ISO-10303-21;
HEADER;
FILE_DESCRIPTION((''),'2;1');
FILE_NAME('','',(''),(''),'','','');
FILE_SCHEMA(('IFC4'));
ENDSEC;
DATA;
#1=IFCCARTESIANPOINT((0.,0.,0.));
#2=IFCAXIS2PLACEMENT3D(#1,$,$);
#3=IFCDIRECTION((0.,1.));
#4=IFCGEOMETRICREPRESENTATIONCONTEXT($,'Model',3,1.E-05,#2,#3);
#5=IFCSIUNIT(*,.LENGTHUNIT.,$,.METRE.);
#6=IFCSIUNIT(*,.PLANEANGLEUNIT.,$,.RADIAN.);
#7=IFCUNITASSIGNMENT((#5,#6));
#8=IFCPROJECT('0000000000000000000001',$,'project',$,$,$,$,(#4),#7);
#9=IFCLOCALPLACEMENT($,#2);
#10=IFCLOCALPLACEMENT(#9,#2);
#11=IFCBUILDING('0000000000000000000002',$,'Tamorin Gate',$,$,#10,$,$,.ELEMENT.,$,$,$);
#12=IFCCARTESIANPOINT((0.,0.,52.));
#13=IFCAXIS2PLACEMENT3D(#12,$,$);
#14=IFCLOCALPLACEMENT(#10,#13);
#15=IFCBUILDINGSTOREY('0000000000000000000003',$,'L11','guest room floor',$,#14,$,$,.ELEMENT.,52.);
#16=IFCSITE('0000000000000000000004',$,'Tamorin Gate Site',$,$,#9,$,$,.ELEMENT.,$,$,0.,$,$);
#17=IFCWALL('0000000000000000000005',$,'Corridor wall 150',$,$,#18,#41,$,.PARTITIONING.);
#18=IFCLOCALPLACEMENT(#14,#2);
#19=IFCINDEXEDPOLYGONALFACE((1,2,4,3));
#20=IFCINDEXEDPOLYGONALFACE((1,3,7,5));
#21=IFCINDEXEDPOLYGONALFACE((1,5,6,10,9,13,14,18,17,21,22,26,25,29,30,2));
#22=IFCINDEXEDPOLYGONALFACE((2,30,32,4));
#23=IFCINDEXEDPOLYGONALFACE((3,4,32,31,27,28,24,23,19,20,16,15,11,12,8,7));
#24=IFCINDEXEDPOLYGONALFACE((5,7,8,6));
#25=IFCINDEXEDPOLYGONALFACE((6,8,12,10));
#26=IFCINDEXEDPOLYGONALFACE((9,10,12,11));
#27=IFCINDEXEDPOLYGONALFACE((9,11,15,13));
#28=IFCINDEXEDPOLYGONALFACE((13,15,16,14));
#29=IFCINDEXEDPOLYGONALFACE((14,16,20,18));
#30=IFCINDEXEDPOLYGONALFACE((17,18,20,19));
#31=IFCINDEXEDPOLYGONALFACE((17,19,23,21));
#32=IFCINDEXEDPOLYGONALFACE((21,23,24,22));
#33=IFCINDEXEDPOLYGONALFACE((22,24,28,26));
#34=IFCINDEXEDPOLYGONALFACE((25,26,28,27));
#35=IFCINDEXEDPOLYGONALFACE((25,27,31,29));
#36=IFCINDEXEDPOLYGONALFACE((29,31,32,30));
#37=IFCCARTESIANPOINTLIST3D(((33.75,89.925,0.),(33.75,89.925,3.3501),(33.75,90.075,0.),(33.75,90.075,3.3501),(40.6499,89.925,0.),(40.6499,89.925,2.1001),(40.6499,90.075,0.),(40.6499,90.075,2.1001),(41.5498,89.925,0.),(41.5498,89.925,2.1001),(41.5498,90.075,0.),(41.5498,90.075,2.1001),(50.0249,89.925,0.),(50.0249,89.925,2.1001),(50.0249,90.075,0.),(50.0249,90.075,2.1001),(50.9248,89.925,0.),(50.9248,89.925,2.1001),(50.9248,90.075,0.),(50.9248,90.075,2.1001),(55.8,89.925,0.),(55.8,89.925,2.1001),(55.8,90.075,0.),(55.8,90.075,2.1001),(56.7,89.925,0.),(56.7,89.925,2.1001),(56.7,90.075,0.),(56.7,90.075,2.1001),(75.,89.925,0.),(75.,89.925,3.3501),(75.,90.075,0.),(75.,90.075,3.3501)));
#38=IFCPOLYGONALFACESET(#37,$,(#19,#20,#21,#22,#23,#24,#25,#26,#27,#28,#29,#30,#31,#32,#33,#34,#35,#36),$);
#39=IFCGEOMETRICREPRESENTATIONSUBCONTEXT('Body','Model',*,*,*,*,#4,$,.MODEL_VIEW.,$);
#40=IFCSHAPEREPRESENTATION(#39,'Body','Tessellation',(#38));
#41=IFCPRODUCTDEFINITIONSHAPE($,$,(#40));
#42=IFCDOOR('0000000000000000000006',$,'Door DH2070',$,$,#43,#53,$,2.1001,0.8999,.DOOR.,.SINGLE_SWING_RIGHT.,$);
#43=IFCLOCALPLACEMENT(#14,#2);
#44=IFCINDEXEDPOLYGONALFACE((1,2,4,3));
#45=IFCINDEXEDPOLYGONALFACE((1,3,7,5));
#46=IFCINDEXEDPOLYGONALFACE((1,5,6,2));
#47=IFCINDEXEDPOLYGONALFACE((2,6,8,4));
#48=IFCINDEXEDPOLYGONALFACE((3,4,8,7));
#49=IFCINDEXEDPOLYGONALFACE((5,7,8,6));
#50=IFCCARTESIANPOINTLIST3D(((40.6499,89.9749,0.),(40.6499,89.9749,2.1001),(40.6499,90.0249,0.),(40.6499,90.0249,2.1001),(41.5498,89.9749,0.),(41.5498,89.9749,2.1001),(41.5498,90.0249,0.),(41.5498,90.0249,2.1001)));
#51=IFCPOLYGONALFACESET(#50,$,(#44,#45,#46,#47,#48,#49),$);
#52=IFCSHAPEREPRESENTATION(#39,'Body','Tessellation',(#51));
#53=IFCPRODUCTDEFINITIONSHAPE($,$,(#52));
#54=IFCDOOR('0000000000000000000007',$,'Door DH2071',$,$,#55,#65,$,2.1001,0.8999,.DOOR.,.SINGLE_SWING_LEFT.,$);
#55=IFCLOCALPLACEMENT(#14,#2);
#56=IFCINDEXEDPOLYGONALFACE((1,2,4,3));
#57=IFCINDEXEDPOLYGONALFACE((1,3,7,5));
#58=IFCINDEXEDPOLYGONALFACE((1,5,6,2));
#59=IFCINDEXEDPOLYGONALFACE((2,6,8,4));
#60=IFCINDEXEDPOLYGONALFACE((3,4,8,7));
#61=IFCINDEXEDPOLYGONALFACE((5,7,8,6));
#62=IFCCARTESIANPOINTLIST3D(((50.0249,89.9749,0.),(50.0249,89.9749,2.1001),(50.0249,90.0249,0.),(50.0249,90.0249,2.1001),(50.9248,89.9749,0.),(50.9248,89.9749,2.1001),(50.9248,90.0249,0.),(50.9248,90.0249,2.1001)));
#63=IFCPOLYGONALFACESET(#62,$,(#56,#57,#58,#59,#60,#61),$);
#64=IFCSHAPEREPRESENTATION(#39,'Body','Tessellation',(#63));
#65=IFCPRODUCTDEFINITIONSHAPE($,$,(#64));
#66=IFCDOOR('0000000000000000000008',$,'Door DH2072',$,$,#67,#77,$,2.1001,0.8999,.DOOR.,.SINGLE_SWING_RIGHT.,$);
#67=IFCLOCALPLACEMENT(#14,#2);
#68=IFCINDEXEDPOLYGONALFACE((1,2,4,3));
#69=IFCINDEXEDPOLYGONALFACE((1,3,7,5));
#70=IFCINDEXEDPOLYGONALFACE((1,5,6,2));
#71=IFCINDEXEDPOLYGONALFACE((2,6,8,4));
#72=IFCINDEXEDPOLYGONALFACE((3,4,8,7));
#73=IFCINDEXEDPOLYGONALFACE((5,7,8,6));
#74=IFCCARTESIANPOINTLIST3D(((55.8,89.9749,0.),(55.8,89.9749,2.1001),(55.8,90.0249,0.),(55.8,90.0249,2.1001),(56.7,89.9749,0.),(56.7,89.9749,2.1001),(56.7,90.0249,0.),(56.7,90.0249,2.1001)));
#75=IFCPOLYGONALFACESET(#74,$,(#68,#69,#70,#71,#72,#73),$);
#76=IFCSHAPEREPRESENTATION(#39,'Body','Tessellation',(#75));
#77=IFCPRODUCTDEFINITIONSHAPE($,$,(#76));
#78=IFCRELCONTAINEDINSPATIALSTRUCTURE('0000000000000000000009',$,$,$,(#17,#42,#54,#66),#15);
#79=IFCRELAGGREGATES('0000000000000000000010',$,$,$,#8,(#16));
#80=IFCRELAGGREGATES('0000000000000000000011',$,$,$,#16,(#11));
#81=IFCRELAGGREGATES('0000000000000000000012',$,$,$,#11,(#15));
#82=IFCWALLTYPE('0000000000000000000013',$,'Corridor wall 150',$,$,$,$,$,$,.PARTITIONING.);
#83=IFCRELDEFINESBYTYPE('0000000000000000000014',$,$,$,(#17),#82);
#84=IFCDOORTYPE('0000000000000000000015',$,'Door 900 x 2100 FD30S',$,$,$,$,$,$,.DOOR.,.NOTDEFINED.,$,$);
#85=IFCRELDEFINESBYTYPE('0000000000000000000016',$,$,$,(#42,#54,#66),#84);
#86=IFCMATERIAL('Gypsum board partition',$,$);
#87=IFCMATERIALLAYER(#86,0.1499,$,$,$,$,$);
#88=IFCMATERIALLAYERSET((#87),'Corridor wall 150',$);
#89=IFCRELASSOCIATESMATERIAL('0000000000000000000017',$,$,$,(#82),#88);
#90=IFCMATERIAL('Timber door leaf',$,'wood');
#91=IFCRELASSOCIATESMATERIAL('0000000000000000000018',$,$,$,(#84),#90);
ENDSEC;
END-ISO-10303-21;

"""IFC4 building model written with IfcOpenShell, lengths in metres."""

from ifc_helpers import new_model, si_unit, direction, frame, frame_2d, origin, place, context, subcontext, project, spatial, rectangle, extrude, material, layer, layer_set, type_object, element, fill, save


model = new_model("IFC4")

# Units and contexts
model_context = context("Model", 3, precision=1e-05, world=origin(), true_north=direction((0.0, 1.0)))
body_context = subcontext(model_context, "Body", "Model", "MODEL_VIEW")
ifc_project = project(units=[si_unit("LENGTHUNIT", "METRE"), si_unit("PLANEANGLEUNIT", "RADIAN")], contexts=[model_context])

# Site, building, storey
site_placement = place(None, origin())
site = spatial("IfcSite", under=ifc_project, at=site_placement, Name="Tamorin Gate Site", CompositionType="ELEMENT", RefElevation=0.0)
building_placement = place(site_placement, origin())
building = spatial("IfcBuilding", under=site, at=building_placement, Name="Tamorin Gate", CompositionType="ELEMENT")
storey_placement = place(building_placement, frame((0.0, 0.0, 52.0)))
storey = spatial("IfcBuildingStorey", under=building, at=storey_placement, Name="L11", Description="guest room floor", CompositionType="ELEMENT", Elevation=52.0)

# Wall, openings, doors
ifc_material_1 = material(Name="Gypsum board partition")
ifc_layer_1 = layer(ifc_material_1, 0.1499)
ifc_layer_set_1 = layer_set([ifc_layer_1], Name="Corridor wall 150")
wall_type_1 = type_object("IfcWallType", Name="Corridor wall 150", PredefinedType="PARTITIONING", material=ifc_layer_set_1)
wall_1_placement = place(storey_placement, frame((33.75, 90.0, 0.0), z_axis=(0.0, 0.0, 1.0), x_axis=(1.0, 0.0, 0.0)))
wall_1 = element("IfcWall", 1, at=wall_1_placement, inside=storey, type_object=wall_type_1, Name="Corridor wall 150", PredefinedType="PARTITIONING", context=body_context, shape_type="SweptSolid", body=[
    extrude(rectangle(XDim=41.25, YDim=0.1499, at=frame_2d((20.625, 0.0))), origin(), (0.0, 0.0, 1.0), 3.3501),
])
opening_1_placement = place(wall_1_placement, frame((6.8999, 0.0, 0.0)))
opening_1 = element("IfcOpeningElement", 2, at=opening_1_placement, cuts=wall_1, PredefinedType="OPENING", context=body_context, shape_type="SweptSolid", body=[
    extrude(rectangle(XDim=0.8999, YDim=2.1001, at=frame_2d((0.45, 1.05))), frame((0.0, 0.085, 0.0), z_axis=(0.0, -1.0, 0.0), x_axis=(1.0, 0.0, 0.0)), (0.0, 0.0, 1.0), 0.1699),
])
opening_2_placement = place(wall_1_placement, frame((16.2749, 0.0, 0.0)))
opening_2 = element("IfcOpeningElement", 3, at=opening_2_placement, cuts=wall_1, PredefinedType="OPENING", context=body_context, shape_type="SweptSolid", body=[
    extrude(rectangle(XDim=0.8999, YDim=2.1001, at=frame_2d((0.45, 1.05))), frame((0.0, 0.085, 0.0), z_axis=(0.0, -1.0, 0.0), x_axis=(1.0, 0.0, 0.0)), (0.0, 0.0, 1.0), 0.1699),
])
opening_3_placement = place(wall_1_placement, frame((22.05, 0.0, 0.0)))
opening_3 = element("IfcOpeningElement", 4, at=opening_3_placement, cuts=wall_1, PredefinedType="OPENING", context=body_context, shape_type="SweptSolid", body=[
    extrude(rectangle(XDim=0.8999, YDim=2.1001, at=frame_2d((0.45, 1.05))), frame((0.0, 0.085, 0.0), z_axis=(0.0, -1.0, 0.0), x_axis=(1.0, 0.0, 0.0)), (0.0, 0.0, 1.0), 0.1699),
])
ifc_material_2 = material(Name="Timber door leaf", Category="wood")
door_type_1 = type_object("IfcDoorType", Name="Door 900 x 2100 FD30S", OperationType="NOTDEFINED", PredefinedType="DOOR", material=ifc_material_2)
door_1_placement = place(opening_1_placement, origin())
door_1 = element("IfcDoor", 5, at=door_1_placement, inside=storey, type_object=door_type_1, Name="Door DH2070", OperationType="SINGLE_SWING_RIGHT", OverallHeight=2.1001, OverallWidth=0.8999, PredefinedType="DOOR", context=body_context, shape_type="SweptSolid", body=[
    extrude(rectangle(XDim=0.8999, YDim=2.1001, at=frame_2d((0.45, 1.05))), frame((0.0, 0.0249, 0.0), z_axis=(0.0, -1.0, 0.0), x_axis=(1.0, 0.0, 0.0)), (0.0, 0.0, 1.0), 0.05),
])
fill(opening_1, door_1)
door_2_placement = place(opening_2_placement, origin())
door_2 = element("IfcDoor", 6, at=door_2_placement, inside=storey, type_object=door_type_1, Name="Door DH2071", OperationType="SINGLE_SWING_LEFT", OverallHeight=2.1001, OverallWidth=0.8999, PredefinedType="DOOR", context=body_context, shape_type="SweptSolid", body=[
    extrude(rectangle(XDim=0.8999, YDim=2.1001, at=frame_2d((0.45, 1.05))), frame((0.0, 0.0249, 0.0), z_axis=(0.0, -1.0, 0.0), x_axis=(1.0, 0.0, 0.0)), (0.0, 0.0, 1.0), 0.05),
])
fill(opening_2, door_2)
door_3_placement = place(opening_3_placement, origin())
door_3 = element("IfcDoor", 7, at=door_3_placement, inside=storey, type_object=door_type_1, Name="Door DH2072", OperationType="SINGLE_SWING_RIGHT", OverallHeight=2.1001, OverallWidth=0.8999, PredefinedType="DOOR", context=body_context, shape_type="SweptSolid", body=[
    extrude(rectangle(XDim=0.8999, YDim=2.1001, at=frame_2d((0.45, 1.05))), frame((0.0, 0.0249, 0.0), z_axis=(0.0, -1.0, 0.0), x_axis=(1.0, 0.0, 0.0)), (0.0, 0.0, 1.0), 0.05),
])
fill(opening_3, door_3)

save(model, "model.ifc")
